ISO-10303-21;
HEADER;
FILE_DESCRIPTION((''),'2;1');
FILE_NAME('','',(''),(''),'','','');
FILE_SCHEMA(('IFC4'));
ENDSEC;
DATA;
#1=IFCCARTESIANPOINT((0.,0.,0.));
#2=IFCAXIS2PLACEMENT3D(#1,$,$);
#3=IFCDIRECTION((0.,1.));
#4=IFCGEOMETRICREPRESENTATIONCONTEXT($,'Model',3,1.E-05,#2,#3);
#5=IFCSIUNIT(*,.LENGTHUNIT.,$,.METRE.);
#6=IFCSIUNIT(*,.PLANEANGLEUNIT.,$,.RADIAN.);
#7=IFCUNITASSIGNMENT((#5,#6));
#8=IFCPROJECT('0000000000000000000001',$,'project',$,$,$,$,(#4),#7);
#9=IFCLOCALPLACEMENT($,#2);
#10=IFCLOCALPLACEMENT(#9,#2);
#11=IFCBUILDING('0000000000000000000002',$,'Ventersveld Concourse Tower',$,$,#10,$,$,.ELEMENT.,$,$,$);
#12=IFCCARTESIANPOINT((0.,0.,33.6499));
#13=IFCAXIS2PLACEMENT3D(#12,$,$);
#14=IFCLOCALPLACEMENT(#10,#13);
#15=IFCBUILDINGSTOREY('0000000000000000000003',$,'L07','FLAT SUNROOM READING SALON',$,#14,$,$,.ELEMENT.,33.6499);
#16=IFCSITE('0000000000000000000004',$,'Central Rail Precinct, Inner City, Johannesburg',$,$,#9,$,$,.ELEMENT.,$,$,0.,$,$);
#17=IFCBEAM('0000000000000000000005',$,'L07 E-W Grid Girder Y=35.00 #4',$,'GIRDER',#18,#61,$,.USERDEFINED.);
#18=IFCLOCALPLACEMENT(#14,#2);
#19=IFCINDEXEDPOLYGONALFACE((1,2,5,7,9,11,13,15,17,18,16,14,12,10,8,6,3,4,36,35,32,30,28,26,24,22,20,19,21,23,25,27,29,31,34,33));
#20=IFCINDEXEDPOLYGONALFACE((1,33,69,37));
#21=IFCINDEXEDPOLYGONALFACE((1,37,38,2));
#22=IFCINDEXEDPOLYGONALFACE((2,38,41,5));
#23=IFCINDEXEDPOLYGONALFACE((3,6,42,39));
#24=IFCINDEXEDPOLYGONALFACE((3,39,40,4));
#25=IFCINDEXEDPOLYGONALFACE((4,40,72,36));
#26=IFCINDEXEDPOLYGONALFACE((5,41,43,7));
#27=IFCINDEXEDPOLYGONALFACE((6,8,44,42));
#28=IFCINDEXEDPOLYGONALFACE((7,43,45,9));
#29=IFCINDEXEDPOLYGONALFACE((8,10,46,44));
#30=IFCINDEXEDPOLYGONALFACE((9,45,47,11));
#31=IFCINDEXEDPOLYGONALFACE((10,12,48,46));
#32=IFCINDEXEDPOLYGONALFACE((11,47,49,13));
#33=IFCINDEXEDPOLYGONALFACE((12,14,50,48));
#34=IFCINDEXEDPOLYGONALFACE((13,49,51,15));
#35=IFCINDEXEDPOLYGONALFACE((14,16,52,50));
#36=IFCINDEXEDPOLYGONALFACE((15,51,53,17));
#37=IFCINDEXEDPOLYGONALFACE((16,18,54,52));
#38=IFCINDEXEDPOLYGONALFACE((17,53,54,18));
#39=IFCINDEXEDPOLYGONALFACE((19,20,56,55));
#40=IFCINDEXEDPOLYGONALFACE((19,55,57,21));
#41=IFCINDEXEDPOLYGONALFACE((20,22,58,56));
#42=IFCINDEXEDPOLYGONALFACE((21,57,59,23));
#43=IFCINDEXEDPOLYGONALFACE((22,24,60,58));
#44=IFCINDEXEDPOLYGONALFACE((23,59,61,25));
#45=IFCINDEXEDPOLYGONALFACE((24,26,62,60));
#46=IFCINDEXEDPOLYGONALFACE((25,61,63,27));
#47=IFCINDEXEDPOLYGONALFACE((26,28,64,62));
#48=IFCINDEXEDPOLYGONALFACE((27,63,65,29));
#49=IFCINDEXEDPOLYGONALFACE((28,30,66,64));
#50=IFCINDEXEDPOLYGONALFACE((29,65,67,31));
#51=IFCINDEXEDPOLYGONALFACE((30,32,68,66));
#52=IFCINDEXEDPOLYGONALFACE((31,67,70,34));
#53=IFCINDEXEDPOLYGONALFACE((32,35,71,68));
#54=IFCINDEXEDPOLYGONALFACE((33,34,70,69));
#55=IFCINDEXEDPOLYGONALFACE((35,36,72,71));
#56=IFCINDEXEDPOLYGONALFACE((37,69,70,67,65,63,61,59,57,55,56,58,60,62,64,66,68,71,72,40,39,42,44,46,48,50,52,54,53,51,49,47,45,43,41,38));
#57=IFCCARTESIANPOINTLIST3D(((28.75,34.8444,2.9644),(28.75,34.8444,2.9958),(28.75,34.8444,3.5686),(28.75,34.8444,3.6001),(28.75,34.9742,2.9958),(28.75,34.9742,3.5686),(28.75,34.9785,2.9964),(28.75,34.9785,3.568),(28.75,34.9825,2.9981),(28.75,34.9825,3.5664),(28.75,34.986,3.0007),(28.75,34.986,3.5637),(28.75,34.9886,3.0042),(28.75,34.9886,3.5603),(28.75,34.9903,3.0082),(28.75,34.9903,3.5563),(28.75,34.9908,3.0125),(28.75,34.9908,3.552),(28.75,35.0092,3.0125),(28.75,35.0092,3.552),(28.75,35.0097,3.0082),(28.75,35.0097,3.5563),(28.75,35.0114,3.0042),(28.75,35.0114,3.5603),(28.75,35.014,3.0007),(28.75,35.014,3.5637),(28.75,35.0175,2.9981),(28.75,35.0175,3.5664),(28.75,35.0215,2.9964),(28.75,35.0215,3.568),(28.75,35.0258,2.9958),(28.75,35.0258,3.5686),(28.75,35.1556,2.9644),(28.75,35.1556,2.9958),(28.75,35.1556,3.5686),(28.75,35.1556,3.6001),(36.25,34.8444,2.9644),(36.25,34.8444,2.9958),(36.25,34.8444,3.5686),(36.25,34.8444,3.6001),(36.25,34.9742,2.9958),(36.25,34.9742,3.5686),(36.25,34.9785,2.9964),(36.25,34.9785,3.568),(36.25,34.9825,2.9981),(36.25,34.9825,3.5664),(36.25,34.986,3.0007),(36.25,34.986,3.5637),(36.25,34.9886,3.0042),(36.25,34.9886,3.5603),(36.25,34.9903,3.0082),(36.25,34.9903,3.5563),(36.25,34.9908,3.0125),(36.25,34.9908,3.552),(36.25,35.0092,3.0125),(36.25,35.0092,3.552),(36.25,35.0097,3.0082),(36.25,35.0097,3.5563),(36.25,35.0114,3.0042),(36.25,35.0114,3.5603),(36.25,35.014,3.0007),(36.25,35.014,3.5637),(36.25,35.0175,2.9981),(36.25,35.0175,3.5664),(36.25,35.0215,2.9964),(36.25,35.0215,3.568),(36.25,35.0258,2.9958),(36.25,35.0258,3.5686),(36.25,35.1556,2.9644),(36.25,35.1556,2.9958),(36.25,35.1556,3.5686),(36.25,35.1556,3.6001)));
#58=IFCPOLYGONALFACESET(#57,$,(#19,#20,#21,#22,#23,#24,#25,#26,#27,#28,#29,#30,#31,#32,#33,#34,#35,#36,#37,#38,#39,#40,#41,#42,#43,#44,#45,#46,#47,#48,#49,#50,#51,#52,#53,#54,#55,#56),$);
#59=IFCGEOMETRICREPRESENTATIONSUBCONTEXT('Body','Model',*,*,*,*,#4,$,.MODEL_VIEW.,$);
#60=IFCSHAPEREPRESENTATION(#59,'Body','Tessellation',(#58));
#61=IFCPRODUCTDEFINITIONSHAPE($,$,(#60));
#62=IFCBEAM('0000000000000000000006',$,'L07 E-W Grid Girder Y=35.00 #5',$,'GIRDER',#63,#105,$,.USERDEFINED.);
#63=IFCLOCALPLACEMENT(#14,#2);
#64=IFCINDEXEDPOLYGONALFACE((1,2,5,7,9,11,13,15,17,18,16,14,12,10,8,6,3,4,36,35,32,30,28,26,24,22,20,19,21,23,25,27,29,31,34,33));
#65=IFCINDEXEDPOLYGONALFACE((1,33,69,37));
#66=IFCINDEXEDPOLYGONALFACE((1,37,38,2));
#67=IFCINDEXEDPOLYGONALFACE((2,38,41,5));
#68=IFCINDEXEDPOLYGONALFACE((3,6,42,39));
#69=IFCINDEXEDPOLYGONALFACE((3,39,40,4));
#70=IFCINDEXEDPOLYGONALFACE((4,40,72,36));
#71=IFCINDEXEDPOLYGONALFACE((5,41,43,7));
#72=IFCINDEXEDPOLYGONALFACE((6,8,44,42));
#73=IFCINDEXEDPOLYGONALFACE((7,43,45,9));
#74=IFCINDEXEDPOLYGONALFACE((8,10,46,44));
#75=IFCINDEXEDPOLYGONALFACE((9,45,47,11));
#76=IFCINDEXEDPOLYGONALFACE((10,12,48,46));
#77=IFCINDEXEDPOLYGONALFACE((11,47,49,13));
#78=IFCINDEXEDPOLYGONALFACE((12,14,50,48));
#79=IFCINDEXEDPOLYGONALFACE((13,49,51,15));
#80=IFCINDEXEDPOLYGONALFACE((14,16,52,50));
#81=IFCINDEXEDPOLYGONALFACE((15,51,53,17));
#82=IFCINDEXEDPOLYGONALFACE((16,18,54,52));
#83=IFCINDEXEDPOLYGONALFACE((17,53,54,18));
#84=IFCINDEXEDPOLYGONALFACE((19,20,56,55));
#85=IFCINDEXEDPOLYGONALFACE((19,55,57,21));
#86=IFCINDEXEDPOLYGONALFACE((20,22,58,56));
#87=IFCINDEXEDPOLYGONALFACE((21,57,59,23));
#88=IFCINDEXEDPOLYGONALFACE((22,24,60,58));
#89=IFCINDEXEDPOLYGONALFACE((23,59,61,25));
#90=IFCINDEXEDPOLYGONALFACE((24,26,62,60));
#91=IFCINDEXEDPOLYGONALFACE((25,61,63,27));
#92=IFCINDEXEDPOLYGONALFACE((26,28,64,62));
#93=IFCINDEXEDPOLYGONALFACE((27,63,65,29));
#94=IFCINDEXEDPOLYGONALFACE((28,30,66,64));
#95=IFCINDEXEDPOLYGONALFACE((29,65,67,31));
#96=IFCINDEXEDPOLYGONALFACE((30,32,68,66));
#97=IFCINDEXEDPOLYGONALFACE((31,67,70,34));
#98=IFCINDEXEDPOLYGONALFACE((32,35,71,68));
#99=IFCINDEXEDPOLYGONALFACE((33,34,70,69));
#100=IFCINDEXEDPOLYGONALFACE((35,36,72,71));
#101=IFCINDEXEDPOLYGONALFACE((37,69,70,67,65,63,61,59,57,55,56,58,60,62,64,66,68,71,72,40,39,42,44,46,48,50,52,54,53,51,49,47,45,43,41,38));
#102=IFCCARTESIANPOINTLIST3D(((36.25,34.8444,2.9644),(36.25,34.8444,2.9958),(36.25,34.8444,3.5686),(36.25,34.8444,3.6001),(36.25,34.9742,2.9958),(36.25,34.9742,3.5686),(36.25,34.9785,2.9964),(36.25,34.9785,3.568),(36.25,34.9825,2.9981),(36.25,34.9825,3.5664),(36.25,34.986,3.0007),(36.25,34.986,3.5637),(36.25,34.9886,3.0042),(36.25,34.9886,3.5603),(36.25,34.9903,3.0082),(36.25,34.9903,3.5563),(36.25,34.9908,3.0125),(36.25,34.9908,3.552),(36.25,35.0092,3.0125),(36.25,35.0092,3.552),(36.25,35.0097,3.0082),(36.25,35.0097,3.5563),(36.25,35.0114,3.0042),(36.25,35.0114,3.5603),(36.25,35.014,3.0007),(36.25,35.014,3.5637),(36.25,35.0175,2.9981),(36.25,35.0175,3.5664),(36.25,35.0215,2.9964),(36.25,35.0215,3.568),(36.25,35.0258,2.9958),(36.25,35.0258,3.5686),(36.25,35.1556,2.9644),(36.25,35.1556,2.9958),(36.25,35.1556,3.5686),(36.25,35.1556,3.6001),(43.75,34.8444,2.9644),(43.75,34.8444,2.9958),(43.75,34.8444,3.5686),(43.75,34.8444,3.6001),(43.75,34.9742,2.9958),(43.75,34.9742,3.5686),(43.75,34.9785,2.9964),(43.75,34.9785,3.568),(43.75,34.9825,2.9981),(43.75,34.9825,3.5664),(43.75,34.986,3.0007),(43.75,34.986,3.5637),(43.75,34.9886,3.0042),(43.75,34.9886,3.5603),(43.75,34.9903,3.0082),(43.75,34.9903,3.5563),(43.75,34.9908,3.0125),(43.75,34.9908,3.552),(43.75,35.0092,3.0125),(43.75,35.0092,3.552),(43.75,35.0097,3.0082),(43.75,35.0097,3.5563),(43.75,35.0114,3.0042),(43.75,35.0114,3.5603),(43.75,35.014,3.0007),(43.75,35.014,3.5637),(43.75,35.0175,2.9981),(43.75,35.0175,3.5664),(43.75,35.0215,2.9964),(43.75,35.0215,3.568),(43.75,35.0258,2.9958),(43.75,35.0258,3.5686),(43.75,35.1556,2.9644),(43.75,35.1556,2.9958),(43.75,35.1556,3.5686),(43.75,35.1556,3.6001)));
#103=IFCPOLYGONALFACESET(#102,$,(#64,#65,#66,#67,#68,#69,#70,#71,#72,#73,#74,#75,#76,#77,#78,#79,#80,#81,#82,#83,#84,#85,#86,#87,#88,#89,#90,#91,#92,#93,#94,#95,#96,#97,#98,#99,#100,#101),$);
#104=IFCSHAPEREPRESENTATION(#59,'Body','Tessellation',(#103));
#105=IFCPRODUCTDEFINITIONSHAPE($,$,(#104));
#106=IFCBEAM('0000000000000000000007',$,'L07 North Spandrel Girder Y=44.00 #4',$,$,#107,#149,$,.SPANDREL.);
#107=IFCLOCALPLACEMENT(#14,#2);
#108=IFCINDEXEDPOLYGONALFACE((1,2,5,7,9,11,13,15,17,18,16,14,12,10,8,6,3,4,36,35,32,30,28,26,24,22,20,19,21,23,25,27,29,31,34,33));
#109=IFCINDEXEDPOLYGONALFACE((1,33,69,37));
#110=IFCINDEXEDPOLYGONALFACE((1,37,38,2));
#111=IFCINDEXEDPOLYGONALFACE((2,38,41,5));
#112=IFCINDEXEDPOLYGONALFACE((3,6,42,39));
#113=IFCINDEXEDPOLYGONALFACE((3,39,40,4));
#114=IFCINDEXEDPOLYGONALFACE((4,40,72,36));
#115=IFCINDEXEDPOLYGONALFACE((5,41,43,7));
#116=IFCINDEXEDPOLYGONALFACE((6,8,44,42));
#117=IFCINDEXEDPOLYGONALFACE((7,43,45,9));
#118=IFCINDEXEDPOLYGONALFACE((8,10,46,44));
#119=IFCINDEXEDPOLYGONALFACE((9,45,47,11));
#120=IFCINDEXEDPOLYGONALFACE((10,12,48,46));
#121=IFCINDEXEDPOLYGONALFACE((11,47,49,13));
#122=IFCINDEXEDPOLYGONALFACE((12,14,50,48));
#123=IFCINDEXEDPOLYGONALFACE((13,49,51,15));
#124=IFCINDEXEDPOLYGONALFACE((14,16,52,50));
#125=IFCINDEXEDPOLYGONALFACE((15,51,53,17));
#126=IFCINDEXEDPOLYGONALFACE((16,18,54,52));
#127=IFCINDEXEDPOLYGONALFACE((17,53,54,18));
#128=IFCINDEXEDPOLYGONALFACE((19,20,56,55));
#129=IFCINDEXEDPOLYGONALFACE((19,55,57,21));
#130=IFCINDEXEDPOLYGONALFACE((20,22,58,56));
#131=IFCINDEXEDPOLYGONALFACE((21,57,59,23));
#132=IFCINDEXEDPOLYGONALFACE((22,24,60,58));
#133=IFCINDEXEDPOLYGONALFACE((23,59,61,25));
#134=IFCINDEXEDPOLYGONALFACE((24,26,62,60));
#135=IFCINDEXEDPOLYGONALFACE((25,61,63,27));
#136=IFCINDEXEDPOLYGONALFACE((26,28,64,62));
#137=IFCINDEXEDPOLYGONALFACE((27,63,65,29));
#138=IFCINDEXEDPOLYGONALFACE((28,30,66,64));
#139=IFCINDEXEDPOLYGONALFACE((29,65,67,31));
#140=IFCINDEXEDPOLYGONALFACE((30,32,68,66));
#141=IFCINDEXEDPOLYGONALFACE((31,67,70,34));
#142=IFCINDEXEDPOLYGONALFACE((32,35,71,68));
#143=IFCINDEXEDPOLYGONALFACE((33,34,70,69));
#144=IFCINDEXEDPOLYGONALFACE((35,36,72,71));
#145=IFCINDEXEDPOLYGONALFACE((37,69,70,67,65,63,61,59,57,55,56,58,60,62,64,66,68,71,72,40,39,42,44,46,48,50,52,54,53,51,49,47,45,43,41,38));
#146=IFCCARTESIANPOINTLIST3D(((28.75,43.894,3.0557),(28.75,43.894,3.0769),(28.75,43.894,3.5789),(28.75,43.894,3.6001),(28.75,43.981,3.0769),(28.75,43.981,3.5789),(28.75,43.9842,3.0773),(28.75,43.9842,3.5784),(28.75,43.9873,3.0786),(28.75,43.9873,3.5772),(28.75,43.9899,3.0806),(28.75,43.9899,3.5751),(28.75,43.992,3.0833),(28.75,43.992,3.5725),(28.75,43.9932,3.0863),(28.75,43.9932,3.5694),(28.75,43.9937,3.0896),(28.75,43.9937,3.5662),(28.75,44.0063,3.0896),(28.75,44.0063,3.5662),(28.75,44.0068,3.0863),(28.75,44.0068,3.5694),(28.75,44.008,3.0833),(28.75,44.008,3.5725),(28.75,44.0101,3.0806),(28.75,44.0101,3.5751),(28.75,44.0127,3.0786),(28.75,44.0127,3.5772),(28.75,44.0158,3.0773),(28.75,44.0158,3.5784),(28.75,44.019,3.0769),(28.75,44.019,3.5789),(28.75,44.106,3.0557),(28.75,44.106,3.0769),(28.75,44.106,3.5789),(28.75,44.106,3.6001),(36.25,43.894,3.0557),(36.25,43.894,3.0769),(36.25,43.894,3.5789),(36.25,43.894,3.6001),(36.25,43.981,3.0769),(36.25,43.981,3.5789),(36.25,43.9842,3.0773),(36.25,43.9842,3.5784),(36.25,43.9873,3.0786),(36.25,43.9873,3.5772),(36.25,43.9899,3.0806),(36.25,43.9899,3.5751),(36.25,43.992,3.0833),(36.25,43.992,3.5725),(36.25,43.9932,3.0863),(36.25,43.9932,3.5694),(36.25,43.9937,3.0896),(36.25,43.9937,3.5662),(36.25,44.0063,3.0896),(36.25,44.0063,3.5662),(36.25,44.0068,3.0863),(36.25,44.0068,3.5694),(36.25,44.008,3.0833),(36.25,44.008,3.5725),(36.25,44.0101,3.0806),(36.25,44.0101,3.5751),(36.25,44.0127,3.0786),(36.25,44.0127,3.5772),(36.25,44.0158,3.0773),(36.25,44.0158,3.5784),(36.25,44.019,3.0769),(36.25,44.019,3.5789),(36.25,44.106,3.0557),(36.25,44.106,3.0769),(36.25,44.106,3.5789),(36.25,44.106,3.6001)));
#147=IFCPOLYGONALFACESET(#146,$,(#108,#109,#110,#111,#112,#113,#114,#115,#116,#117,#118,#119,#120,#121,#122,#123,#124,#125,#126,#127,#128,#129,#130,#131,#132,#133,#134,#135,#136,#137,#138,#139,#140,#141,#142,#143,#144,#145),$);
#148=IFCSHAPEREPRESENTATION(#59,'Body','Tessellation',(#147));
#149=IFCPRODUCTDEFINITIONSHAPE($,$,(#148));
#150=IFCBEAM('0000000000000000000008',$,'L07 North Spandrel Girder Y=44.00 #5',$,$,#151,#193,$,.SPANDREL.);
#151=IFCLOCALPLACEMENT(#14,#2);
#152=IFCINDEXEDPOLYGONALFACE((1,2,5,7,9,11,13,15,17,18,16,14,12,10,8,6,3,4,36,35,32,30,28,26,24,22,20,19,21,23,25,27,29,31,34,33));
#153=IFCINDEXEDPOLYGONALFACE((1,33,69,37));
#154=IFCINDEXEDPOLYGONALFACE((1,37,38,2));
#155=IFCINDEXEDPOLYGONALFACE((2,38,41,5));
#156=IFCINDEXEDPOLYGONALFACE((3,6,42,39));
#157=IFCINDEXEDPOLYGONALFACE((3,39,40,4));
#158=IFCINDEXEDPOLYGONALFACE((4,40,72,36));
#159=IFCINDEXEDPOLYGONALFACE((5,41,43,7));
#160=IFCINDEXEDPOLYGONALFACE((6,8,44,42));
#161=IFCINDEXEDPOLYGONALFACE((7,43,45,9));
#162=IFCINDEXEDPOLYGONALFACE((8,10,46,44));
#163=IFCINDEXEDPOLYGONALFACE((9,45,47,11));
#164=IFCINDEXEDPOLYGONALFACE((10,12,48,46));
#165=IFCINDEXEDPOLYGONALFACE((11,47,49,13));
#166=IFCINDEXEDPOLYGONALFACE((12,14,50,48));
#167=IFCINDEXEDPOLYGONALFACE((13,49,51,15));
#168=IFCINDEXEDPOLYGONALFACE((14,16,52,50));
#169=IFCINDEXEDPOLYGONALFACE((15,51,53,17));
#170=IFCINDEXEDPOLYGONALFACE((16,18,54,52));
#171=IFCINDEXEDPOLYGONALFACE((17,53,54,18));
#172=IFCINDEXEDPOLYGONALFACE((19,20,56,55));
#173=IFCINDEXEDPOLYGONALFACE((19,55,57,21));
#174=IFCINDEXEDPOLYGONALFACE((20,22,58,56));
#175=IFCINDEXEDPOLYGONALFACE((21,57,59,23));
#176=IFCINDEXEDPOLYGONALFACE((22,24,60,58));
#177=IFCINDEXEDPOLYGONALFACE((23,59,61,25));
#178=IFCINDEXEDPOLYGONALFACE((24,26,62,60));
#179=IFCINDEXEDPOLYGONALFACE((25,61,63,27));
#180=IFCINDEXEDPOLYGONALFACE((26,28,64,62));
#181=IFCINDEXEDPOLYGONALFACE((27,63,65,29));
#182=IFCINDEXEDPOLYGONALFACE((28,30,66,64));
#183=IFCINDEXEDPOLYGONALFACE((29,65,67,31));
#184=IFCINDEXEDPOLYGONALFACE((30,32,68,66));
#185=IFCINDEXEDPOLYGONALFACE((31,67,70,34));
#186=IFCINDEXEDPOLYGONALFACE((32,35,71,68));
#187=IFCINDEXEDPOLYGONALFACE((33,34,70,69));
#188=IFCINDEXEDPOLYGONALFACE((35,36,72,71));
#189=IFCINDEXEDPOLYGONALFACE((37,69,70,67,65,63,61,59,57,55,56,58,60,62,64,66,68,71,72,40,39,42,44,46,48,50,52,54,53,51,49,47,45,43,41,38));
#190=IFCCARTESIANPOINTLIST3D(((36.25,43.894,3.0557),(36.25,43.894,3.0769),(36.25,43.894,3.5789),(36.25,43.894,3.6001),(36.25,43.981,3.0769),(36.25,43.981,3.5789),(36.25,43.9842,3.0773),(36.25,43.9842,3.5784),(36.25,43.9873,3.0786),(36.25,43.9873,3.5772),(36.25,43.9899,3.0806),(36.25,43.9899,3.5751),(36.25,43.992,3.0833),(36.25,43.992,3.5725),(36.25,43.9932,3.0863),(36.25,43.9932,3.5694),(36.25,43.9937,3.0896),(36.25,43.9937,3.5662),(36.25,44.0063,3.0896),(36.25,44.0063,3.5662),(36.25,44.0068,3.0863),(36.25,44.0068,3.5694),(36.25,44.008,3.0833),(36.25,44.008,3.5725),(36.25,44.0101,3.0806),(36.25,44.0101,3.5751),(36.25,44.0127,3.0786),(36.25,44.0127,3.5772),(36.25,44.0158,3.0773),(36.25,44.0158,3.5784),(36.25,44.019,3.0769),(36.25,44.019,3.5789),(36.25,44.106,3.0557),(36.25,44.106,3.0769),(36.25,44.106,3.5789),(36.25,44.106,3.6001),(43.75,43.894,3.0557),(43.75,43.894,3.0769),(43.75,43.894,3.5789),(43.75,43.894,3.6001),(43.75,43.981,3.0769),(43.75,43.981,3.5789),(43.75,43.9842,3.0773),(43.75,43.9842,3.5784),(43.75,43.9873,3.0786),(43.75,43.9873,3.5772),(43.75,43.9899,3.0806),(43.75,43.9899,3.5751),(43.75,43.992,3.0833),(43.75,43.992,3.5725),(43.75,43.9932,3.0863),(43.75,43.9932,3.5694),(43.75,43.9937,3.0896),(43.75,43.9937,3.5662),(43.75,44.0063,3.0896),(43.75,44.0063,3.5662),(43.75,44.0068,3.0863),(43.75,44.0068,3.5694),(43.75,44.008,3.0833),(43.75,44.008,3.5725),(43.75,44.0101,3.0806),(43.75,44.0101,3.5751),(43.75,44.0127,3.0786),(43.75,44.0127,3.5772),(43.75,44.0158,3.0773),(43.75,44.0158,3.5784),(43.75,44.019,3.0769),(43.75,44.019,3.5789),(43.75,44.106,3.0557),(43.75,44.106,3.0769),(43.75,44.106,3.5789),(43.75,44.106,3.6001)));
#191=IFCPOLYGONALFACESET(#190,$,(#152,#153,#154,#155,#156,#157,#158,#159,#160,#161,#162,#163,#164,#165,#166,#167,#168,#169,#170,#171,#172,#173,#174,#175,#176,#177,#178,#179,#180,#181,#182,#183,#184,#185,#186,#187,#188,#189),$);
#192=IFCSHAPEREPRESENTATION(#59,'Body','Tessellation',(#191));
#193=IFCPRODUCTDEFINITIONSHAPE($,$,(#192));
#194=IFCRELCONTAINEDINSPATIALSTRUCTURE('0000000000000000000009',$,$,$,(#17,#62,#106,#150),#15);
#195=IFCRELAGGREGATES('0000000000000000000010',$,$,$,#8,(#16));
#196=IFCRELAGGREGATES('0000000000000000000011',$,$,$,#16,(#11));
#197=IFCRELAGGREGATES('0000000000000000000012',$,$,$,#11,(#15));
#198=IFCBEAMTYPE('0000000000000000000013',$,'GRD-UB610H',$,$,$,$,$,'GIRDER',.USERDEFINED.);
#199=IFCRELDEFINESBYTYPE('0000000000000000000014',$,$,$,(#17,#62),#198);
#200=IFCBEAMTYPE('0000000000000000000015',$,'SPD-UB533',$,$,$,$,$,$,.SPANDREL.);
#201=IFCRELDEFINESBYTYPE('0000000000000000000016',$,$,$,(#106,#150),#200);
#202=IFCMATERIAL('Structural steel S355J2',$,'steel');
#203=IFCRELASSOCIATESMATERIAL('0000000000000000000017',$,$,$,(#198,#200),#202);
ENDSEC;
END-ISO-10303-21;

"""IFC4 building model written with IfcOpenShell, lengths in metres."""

from ifc_helpers import new_model, si_unit, direction, frame, origin, origin_2d, place, context, subcontext, project, spatial, i_section, extrude, material, material_profile, profile_set, type_object, element, save


model = new_model("IFC4")

# Units and contexts
model_context = context("Model", 3, precision=1e-05, world=origin(), true_north=direction((0.0, 1.0)))
body_context = subcontext(model_context, "Body", "Model", "MODEL_VIEW")
ifc_project = project(units=[si_unit("LENGTHUNIT", "METRE"), si_unit("PLANEANGLEUNIT", "RADIAN")], contexts=[model_context])

# Site, building, storey
site_placement = place(None, origin())
site = spatial("IfcSite", under=ifc_project, at=site_placement, Name="Central Rail Precinct, Inner City, Johannesburg", CompositionType="ELEMENT", RefElevation=0.0)
building_placement = place(site_placement, origin())
building = spatial("IfcBuilding", under=site, at=building_placement, Name="Ventersveld Concourse Tower", CompositionType="ELEMENT")
storey_placement = place(building_placement, frame((0.0, 0.0, 33.6499)))
storey = spatial("IfcBuildingStorey", under=building, at=storey_placement, Name="L07", Description="FLAT SUNROOM READING SALON", CompositionType="ELEMENT", Elevation=33.6499)

# Beams
ifc_material_1 = material(Name="Structural steel S355J2", Category="steel")
ifc_material_profile_1 = material_profile(ifc_material_1, i_section(OverallWidth=0.3113, OverallDepth=0.6357, WebThickness=0.0183, FlangeThickness=0.0315, FilletRadius=0.0166, at=origin_2d()), Name="UB 610x305x238")
ifc_profile_set_1 = profile_set([ifc_material_profile_1], Name="Structural steel S355J2")
beam_type_1 = type_object("IfcBeamType", Name="GRD-UB610H", ElementType="GIRDER", PredefinedType="USERDEFINED", material=ifc_profile_set_1)
for number, where, z_axis, x_axis, name in (
    (1, (28.75, 35.0, 3.2822), (1.0, 0.0, 0.0), (0.0, 1.0, 0.0), "L07 E-W Grid Girder Y=35.00 #4"),
    (2, (36.25, 35.0, 3.2822), (1.0, 0.0, 0.0), (0.0, 1.0, 0.0), "L07 E-W Grid Girder Y=35.00 #5"),
):
    element("IfcBeam", number, at=place(storey_placement, frame(where, z_axis=z_axis, x_axis=x_axis)), inside=storey, type_object=beam_type_1, Name=name, ObjectType="GIRDER", PredefinedType="USERDEFINED", context=body_context, shape_type="SweptSolid", body=[
        extrude(i_section(OverallWidth=0.3113, OverallDepth=0.6357, WebThickness=0.0183, FlangeThickness=0.0315, FilletRadius=0.0166, at=origin_2d()), origin(), (0.0, 0.0, 1.0), 7.5),
    ])
ifc_material_profile_2 = material_profile(ifc_material_1, i_section(OverallWidth=0.2119, OverallDepth=0.5444, WebThickness=0.0127, FlangeThickness=0.0212, FilletRadius=0.0127, at=origin_2d()), Name="UB 533x210x122")
ifc_profile_set_2 = profile_set([ifc_material_profile_2], Name="Structural steel S355J2")
beam_type_2 = type_object("IfcBeamType", Name="SPD-UB533", PredefinedType="SPANDREL", material=ifc_profile_set_2)
for number, where, z_axis, x_axis, name in (
    (3, (28.75, 44.0, 3.3279), (1.0, 0.0, 0.0), (0.0, 1.0, 0.0), "L07 North Spandrel Girder Y=44.00 #4"),
    (4, (36.25, 44.0, 3.3279), (1.0, 0.0, 0.0), (0.0, 1.0, 0.0), "L07 North Spandrel Girder Y=44.00 #5"),
):
    element("IfcBeam", number, at=place(storey_placement, frame(where, z_axis=z_axis, x_axis=x_axis)), inside=storey, type_object=beam_type_2, Name=name, PredefinedType="SPANDREL", context=body_context, shape_type="SweptSolid", body=[
        extrude(i_section(OverallWidth=0.2119, OverallDepth=0.5444, WebThickness=0.0127, FlangeThickness=0.0212, FilletRadius=0.0127, at=origin_2d()), origin(), (0.0, 0.0, 1.0), 7.5),
    ])

save(model, "model.ifc")
